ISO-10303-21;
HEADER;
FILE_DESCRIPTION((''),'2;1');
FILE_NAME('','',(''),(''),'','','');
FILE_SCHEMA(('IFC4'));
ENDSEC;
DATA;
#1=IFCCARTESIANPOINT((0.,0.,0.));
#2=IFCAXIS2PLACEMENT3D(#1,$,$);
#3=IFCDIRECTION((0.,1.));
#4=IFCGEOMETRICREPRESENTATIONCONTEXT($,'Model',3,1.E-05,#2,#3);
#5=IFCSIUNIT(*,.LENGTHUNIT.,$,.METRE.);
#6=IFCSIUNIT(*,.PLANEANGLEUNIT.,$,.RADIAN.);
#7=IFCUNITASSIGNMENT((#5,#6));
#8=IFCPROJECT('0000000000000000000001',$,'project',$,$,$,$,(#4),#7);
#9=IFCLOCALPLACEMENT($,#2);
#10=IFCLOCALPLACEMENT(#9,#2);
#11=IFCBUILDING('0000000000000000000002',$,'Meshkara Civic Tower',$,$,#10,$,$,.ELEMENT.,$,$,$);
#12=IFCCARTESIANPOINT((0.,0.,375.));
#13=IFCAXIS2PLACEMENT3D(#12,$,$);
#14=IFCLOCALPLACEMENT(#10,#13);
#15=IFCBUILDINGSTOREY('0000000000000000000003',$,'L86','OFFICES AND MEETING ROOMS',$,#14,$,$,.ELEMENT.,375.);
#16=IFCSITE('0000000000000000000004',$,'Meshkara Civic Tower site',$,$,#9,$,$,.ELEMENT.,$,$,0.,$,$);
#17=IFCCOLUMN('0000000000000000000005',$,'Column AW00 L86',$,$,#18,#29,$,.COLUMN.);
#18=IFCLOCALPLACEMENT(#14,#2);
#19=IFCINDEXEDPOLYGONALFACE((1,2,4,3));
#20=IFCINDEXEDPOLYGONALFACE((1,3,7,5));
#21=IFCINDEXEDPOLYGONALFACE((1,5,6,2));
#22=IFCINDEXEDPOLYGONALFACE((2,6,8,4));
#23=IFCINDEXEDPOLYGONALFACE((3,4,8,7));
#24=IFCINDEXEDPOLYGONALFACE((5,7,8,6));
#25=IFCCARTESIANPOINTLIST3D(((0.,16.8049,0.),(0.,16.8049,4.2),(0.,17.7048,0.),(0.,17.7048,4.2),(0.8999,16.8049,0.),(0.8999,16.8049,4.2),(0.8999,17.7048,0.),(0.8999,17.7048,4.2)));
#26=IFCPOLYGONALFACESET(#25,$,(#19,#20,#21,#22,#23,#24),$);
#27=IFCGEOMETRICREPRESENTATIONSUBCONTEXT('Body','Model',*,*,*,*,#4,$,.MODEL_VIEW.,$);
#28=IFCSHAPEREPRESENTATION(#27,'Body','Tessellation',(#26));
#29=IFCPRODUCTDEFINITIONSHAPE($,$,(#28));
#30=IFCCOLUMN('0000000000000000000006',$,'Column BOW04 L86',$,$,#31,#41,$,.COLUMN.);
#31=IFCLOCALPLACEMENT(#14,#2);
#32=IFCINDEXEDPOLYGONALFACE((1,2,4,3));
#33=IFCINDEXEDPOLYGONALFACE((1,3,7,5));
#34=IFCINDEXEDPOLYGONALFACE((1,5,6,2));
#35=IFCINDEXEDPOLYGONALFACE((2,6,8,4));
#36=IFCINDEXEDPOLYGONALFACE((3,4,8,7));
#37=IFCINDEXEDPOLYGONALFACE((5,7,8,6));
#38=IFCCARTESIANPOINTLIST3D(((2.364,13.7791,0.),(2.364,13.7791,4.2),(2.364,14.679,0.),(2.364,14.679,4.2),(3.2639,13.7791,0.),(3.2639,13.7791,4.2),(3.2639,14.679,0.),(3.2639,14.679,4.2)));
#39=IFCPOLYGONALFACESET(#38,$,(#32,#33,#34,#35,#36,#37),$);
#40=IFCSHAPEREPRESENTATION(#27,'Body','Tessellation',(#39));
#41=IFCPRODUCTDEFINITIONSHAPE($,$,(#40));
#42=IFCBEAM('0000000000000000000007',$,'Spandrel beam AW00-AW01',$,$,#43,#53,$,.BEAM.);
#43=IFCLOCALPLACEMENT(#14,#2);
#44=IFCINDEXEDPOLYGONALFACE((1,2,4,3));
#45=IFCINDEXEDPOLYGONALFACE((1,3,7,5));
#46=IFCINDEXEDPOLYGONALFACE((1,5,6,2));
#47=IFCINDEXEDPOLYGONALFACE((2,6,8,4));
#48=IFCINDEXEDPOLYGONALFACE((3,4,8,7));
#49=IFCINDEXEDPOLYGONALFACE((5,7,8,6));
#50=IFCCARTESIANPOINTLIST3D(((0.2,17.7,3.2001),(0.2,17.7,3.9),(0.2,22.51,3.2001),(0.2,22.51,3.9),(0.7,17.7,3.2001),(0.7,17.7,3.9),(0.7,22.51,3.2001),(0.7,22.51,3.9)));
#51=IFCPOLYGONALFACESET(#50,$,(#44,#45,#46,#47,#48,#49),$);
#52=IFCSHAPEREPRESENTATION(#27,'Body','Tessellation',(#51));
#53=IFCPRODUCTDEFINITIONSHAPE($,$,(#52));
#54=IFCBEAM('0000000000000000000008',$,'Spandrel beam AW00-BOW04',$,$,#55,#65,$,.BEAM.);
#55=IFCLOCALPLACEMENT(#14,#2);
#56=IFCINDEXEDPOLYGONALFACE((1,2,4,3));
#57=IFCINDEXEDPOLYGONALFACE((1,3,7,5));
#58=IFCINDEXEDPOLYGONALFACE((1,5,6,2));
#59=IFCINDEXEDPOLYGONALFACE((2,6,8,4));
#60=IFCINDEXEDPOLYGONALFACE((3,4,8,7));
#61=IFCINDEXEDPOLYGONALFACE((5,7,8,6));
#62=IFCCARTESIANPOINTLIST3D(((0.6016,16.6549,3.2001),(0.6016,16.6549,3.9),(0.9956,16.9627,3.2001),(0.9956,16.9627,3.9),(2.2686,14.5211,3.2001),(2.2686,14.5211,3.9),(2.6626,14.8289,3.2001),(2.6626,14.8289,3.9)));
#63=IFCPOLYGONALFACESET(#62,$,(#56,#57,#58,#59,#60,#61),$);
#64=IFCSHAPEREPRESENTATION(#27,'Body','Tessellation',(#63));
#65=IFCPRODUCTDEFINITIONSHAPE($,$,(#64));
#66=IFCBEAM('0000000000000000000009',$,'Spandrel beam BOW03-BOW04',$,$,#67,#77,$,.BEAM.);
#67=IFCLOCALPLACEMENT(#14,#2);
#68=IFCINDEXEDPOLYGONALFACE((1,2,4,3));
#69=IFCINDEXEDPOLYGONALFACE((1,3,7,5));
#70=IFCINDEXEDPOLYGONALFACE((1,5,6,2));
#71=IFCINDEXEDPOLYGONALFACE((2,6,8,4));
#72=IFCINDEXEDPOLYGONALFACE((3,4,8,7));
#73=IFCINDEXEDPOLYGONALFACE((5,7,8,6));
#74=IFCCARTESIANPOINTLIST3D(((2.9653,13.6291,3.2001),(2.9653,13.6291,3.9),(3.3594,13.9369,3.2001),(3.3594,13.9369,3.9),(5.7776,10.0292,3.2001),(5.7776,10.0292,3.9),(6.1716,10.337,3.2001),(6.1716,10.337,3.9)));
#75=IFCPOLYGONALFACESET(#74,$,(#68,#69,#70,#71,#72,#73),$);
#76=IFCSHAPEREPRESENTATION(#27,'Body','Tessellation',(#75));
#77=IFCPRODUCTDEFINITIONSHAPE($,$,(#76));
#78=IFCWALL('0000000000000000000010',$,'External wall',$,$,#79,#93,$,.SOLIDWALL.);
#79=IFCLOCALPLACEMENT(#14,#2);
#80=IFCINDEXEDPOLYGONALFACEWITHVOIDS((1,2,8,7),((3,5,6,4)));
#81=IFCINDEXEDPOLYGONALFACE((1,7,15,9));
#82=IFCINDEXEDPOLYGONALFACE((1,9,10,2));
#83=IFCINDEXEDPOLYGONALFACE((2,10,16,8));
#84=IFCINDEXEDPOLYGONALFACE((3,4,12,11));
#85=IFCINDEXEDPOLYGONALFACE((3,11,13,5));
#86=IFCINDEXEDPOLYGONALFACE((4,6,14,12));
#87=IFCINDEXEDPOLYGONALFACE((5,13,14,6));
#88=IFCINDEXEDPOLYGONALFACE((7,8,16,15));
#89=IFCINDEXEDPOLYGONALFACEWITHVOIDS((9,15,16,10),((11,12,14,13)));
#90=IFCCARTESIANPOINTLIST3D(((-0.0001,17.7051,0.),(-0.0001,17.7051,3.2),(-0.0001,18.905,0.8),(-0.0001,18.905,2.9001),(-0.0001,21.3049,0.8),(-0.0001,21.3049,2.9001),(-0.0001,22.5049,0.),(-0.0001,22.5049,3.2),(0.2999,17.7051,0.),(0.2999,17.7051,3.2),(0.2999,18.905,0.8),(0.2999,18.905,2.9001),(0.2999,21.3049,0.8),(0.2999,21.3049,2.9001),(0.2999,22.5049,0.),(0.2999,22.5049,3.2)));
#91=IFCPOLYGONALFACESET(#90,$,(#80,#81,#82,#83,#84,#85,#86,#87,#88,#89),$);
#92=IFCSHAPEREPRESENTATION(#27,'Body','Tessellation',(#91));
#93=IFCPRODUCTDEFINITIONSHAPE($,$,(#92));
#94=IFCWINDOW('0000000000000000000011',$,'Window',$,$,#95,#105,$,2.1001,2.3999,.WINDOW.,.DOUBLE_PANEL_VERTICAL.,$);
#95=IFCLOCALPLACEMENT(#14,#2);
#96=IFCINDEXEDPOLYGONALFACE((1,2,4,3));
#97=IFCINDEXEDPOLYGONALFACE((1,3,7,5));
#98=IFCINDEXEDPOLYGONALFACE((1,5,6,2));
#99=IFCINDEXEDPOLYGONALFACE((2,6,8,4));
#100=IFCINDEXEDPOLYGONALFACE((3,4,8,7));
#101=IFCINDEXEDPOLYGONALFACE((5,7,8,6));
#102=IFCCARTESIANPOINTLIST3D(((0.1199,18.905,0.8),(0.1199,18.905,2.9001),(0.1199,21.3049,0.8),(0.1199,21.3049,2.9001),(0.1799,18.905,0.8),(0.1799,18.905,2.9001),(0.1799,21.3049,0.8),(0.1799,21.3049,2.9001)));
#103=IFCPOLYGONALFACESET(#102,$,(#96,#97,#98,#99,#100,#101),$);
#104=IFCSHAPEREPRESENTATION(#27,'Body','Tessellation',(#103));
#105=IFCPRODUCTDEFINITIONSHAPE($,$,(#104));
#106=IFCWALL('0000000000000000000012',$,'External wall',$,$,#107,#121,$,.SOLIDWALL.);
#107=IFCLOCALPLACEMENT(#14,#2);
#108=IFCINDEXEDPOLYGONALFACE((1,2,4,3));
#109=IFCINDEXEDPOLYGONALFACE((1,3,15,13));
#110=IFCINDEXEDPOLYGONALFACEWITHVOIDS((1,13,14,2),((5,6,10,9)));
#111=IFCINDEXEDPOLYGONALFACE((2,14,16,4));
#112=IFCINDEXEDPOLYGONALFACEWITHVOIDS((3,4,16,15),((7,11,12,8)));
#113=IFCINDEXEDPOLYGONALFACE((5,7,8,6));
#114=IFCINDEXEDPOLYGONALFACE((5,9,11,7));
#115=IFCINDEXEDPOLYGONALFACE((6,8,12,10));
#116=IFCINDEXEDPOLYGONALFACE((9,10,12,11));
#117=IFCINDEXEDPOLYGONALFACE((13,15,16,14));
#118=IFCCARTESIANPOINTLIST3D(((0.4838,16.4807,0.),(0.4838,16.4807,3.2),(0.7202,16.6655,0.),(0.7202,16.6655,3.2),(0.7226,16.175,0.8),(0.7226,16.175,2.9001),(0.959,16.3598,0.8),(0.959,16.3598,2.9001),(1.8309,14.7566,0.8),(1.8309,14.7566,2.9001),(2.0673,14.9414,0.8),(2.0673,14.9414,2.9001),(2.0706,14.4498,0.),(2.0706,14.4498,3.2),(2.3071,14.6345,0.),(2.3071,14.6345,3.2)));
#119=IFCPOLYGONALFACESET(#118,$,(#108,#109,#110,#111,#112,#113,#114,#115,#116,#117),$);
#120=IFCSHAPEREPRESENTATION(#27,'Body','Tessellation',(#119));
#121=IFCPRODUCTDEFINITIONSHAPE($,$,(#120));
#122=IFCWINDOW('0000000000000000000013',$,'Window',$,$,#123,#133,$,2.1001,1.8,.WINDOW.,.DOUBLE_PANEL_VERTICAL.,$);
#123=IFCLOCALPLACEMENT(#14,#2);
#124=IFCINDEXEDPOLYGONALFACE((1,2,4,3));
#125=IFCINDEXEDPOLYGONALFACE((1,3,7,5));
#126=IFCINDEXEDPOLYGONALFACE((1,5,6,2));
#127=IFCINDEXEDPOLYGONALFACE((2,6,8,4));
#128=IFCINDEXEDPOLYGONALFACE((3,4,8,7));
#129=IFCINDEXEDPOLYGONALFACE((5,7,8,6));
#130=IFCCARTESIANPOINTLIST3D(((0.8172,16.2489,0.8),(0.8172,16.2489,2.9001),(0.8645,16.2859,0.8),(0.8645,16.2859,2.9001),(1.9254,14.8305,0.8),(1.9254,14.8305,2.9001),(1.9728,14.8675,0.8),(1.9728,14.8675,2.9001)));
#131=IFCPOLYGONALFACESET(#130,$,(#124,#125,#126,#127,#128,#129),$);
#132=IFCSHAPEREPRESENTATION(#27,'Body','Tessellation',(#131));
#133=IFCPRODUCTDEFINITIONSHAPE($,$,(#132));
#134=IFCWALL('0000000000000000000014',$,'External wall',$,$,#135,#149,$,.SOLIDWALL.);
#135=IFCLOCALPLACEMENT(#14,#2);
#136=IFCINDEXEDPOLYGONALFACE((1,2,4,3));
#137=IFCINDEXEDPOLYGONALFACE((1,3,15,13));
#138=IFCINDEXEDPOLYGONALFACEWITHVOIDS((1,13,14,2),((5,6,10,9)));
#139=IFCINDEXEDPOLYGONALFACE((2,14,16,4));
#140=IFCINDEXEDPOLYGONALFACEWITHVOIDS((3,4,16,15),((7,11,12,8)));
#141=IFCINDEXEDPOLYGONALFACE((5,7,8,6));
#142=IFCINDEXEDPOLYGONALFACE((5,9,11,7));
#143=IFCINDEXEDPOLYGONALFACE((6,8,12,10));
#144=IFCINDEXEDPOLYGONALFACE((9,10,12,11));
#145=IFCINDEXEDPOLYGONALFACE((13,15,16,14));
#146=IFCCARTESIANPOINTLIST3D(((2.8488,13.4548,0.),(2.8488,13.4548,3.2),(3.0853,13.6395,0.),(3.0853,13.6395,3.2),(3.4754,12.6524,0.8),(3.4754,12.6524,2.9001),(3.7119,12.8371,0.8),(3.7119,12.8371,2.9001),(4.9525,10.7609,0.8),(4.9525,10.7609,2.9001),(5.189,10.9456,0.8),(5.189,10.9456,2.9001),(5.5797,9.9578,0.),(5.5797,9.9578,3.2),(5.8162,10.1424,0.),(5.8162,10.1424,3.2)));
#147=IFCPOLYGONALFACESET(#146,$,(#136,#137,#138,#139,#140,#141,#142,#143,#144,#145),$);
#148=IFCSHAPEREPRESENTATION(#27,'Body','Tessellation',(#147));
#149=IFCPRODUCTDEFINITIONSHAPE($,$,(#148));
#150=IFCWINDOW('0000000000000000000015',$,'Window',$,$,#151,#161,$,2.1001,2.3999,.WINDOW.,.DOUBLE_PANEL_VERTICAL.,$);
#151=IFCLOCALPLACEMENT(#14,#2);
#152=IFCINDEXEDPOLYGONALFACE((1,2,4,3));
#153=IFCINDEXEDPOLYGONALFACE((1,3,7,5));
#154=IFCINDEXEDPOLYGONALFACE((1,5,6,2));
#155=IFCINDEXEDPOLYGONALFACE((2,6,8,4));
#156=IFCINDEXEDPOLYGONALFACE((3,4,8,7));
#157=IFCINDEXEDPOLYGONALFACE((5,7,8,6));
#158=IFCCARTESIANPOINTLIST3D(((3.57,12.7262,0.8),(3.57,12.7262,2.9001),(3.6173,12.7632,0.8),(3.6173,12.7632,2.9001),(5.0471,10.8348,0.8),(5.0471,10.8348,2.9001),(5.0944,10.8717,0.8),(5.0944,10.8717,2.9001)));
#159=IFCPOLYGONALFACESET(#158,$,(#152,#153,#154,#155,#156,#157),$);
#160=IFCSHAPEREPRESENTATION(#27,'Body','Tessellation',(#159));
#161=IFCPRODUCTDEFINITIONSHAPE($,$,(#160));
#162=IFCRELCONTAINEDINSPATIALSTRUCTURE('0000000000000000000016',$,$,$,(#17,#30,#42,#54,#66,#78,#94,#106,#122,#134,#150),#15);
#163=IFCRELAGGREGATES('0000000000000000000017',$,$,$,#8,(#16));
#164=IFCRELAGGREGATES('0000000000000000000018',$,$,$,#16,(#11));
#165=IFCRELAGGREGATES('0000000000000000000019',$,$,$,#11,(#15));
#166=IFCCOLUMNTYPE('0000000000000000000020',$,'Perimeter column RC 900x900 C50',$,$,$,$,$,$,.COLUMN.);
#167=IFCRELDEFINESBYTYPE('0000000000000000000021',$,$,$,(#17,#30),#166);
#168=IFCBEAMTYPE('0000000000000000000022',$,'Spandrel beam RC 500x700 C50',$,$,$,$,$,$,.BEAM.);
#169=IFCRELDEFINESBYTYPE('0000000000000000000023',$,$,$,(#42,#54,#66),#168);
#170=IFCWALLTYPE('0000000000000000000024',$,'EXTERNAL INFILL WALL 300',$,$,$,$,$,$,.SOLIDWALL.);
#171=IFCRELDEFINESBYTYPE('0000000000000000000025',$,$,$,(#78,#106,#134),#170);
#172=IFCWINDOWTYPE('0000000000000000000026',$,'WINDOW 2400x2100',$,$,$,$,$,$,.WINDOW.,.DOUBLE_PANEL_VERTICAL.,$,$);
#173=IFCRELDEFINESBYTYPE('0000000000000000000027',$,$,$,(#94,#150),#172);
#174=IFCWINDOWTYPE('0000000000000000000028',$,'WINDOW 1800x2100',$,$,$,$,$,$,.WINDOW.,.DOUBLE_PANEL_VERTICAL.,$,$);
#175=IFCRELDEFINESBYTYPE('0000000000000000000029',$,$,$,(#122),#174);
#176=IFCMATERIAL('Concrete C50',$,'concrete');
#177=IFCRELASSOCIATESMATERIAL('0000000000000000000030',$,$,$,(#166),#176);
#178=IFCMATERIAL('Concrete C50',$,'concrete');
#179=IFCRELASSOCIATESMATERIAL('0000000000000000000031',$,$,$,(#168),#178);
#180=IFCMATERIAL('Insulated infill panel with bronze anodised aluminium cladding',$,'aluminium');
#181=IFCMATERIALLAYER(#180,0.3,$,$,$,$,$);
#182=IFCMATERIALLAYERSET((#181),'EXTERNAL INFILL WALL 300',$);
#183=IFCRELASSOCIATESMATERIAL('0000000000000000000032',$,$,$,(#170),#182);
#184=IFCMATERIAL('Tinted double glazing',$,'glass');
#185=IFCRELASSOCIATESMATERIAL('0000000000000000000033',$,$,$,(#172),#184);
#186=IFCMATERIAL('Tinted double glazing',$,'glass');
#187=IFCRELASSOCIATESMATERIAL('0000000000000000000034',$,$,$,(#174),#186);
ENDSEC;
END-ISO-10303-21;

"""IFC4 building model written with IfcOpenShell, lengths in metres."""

from ifc_helpers import new_model, si_unit, direction, frame, frame_2d, origin, origin_2d, place, context, subcontext, project, spatial, rectangle, extrude, material, layer, layer_set, material_profile, profile_set, type_object, element, fill, save


model = new_model("IFC4")

# Units and contexts
model_context = context("Model", 3, precision=1e-05, world=origin(), true_north=direction((0.0, 1.0)))
body_context = subcontext(model_context, "Body", "Model", "MODEL_VIEW")
ifc_project = project(units=[si_unit("LENGTHUNIT", "METRE"), si_unit("PLANEANGLEUNIT", "RADIAN")], contexts=[model_context])

# Site, building, storey
site_placement = place(None, origin())
site = spatial("IfcSite", under=ifc_project, at=site_placement, Name="Meshkara Civic Tower site", CompositionType="ELEMENT", RefElevation=0.0)
building_placement = place(site_placement, origin())
building = spatial("IfcBuilding", under=site, at=building_placement, Name="Meshkara Civic Tower", CompositionType="ELEMENT")
storey_placement = place(building_placement, frame((0.0, 0.0, 375.0)))
storey = spatial("IfcBuildingStorey", under=building, at=storey_placement, Name="L86", Description="OFFICES AND MEETING ROOMS", CompositionType="ELEMENT", Elevation=375.0)

# Columns
ifc_material_1 = material(Name="Concrete C50", Category="concrete")
ifc_material_profile_1 = material_profile(ifc_material_1, rectangle(XDim=0.8999, YDim=0.8999, at=origin_2d()))
ifc_profile_set_1 = profile_set([ifc_material_profile_1], Name="Concrete C50")
column_type = type_object("IfcColumnType", Name="Perimeter column RC 900x900 C50", PredefinedType="COLUMN", material=ifc_profile_set_1)
for number, where, z_axis, x_axis, name in (
    (1, (0.45, 17.2549, 0.0), (0.0, 0.0, 1.0), (1.0, 0.0, 0.0), "Column AW00 L86"),
    (2, (2.814, 14.229, 0.0), (0.0, 0.0, 1.0), (1.0, 0.0, 0.0), "Column BOW04 L86"),
):
    element("IfcColumn", number, at=place(storey_placement, frame(where, z_axis=z_axis, x_axis=x_axis)), inside=storey, type_object=column_type, Name=name, PredefinedType="COLUMN", context=body_context, shape_type="SweptSolid", body=[
        extrude(rectangle(XDim=0.8999, YDim=0.8999, at=origin_2d()), origin(), (0.0, 0.0, 1.0), 4.2),
    ])

# Beams
ifc_material_2 = material(Name="Concrete C50", Category="concrete")
ifc_material_profile_2 = material_profile(ifc_material_2, rectangle(XDim=0.5, YDim=0.7, at=origin_2d()))
ifc_profile_set_2 = profile_set([ifc_material_profile_2], Name="Concrete C50")
beam_type = type_object("IfcBeamType", Name="Spandrel beam RC 500x700 C50", PredefinedType="BEAM", material=ifc_profile_set_2)
beam_1_placement = place(storey_placement, frame((0.45, 22.51, 3.55), z_axis=(0.0, -1.0, 0.0), x_axis=(1.0, 0.0, 0.0)))
element("IfcBeam", 3, at=beam_1_placement, inside=storey, type_object=beam_type, Name="Spandrel beam AW00-AW01", PredefinedType="BEAM", context=body_context, shape_type="SweptSolid", body=[
    extrude(rectangle(XDim=0.5, YDim=0.7, at=origin_2d()), origin(), (0.0, 0.0, 1.0), 4.8101),
])
beam_2_placement = place(storey_placement, frame((0.7986, 16.8088, 3.55), z_axis=(0.615637, -0.78803, 0.0), x_axis=(0.78803, 0.615637, 0.0)))
element("IfcBeam", 4, at=beam_2_placement, inside=storey, type_object=beam_type, Name="Spandrel beam AW00-BOW04", PredefinedType="BEAM", context=body_context, shape_type="SweptSolid", body=[
    extrude(rectangle(XDim=0.5, YDim=0.7, at=origin_2d()), origin(), (0.0, 0.0, 1.0), 2.7078),
])
beam_3_placement = place(storey_placement, frame((3.1624, 13.783, 3.55), z_axis=(0.615626, -0.788038, 0.0), x_axis=(0.788038, 0.615626, 0.0)))
element("IfcBeam", 5, at=beam_3_placement, inside=storey, type_object=beam_type, Name="Spandrel beam BOW03-BOW04", PredefinedType="BEAM", context=body_context, shape_type="SweptSolid", body=[
    extrude(rectangle(XDim=0.5, YDim=0.7, at=origin_2d()), origin(), (0.0, 0.0, 1.0), 4.5681),
])

# Walls, openings, windows
ifc_material_3 = material(Name="Insulated infill panel with bronze anodised aluminium cladding", Category="aluminium")
ifc_layer = layer(ifc_material_3, 0.3)
ifc_layer_set = layer_set([ifc_layer], Name="EXTERNAL INFILL WALL 300")
wall_type = type_object("IfcWallType", Name="EXTERNAL INFILL WALL 300", PredefinedType="SOLIDWALL", material=ifc_layer_set)
wall_1_placement = place(storey_placement, frame((0.1499, 22.5049, 0.0), z_axis=(0.0, 0.0, 1.0), x_axis=(0.0, -1.0, 0.0)))
wall_1 = element("IfcWall", 6, at=wall_1_placement, inside=storey, type_object=wall_type, Name="External wall", PredefinedType="SOLIDWALL", context=body_context, shape_type="SweptSolid", body=[
    extrude(rectangle(XDim=4.7998, YDim=0.3, at=frame_2d((2.3999, 0.0))), origin(), (0.0, 0.0, 1.0), 3.2),
])
opening_1_placement = place(wall_1_placement, frame((1.2, 0.0, 0.8)))
opening_1 = element("IfcOpeningElement", 7, at=opening_1_placement, cuts=wall_1, PredefinedType="OPENING", context=body_context, shape_type="SweptSolid", body=[
    extrude(rectangle(XDim=2.3999, YDim=2.1001, at=frame_2d((1.2, 1.05))), frame((0.0, 0.1599, 0.0), z_axis=(0.0, -1.0, 0.0), x_axis=(1.0, 0.0, 0.0)), (0.0, 0.0, 1.0), 0.3201),
])
ifc_material_4 = material(Name="Tinted double glazing", Category="glass")
window_type_1 = type_object("IfcWindowType", Name="WINDOW 2400x2100", PartitioningType="DOUBLE_PANEL_VERTICAL", PredefinedType="WINDOW", material=ifc_material_4)
window_1_placement = place(opening_1_placement, origin())
window_1 = element("IfcWindow", 8, at=window_1_placement, inside=storey, type_object=window_type_1, Name="Window", OverallHeight=2.1001, OverallWidth=2.3999, PartitioningType="DOUBLE_PANEL_VERTICAL", PredefinedType="WINDOW", context=body_context, shape_type="SweptSolid", body=[
    extrude(rectangle(XDim=2.3999, YDim=2.1001, at=frame_2d((1.2, 1.05))), frame((0.0, 0.03, 0.0), z_axis=(0.0, -1.0, 0.0), x_axis=(1.0, 0.0, 0.0)), (0.0, 0.0, 1.0), 0.0601),
])
fill(opening_1, window_1)
wall_2_placement = place(storey_placement, frame((0.6021, 16.573, 0.0), z_axis=(0.0, 0.0, 1.0), x_axis=(0.61569, -0.787988, 0.0)))
wall_2 = element("IfcWall", 9, at=wall_2_placement, inside=storey, type_object=wall_type, Name="External wall", PredefinedType="SOLIDWALL", context=body_context, shape_type="SweptSolid", body=[
    extrude(rectangle(XDim=2.5774, YDim=0.3, at=frame_2d((1.2886, 0.0))), origin(), (0.0, 0.0, 1.0), 3.2),
])
opening_2_placement = place(wall_2_placement, frame((0.3879, 0.0, 0.8)))
opening_2 = element("IfcOpeningElement", 10, at=opening_2_placement, cuts=wall_2, PredefinedType="OPENING", context=body_context, shape_type="SweptSolid", body=[
    extrude(rectangle(XDim=1.8, YDim=2.1001, at=frame_2d((0.8999, 1.05))), frame((0.0, 0.1599, 0.0), z_axis=(0.0, -1.0, 0.0), x_axis=(1.0, 0.0, 0.0)), (0.0, 0.0, 1.0), 0.3201),
])
ifc_material_5 = material(Name="Tinted double glazing", Category="glass")
window_type_2 = type_object("IfcWindowType", Name="WINDOW 1800x2100", PartitioningType="DOUBLE_PANEL_VERTICAL", PredefinedType="WINDOW", material=ifc_material_5)
window_2_placement = place(opening_2_placement, origin())
window_2 = element("IfcWindow", 11, at=window_2_placement, inside=storey, type_object=window_type_2, Name="Window", OverallHeight=2.1001, OverallWidth=1.8, PartitioningType="DOUBLE_PANEL_VERTICAL", PredefinedType="WINDOW", context=body_context, shape_type="SweptSolid", body=[
    extrude(rectangle(XDim=1.8, YDim=2.1001, at=frame_2d((0.8999, 1.05))), frame((0.0, 0.03, 0.0), z_axis=(0.0, -1.0, 0.0), x_axis=(1.0, 0.0, 0.0)), (0.0, 0.0, 1.0), 0.0601),
])
fill(opening_2, window_2)
wall_3_placement = place(storey_placement, frame((2.967, 13.5471, 0.0), z_axis=(0.0, 0.0, 1.0), x_axis=(0.615486, -0.788148, 0.0)))
wall_3 = element("IfcWall", 12, at=wall_3_placement, inside=storey, type_object=wall_type, Name="External wall", PredefinedType="SOLIDWALL", context=body_context, shape_type="SweptSolid", body=[
    extrude(rectangle(XDim=4.437, YDim=0.3, at=frame_2d((2.2185, 0.0))), origin(), (0.0, 0.0, 1.0), 3.2),
])
opening_3_placement = place(wall_3_placement, frame((1.0181, 0.0, 0.8)))
opening_3 = element("IfcOpeningElement", 13, at=opening_3_placement, cuts=wall_3, PredefinedType="OPENING", context=body_context, shape_type="SweptSolid", body=[
    extrude(rectangle(XDim=2.3999, YDim=2.1001, at=frame_2d((1.2, 1.05))), frame((0.0, 0.1599, 0.0), z_axis=(0.0, -1.0, 0.0), x_axis=(1.0, 0.0, 0.0)), (0.0, 0.0, 1.0), 0.3201),
])
window_3_placement = place(opening_3_placement, origin())
window_3 = element("IfcWindow", 14, at=window_3_placement, inside=storey, type_object=window_type_1, Name="Window", OverallHeight=2.1001, OverallWidth=2.3999, PartitioningType="DOUBLE_PANEL_VERTICAL", PredefinedType="WINDOW", context=body_context, shape_type="SweptSolid", body=[
    extrude(rectangle(XDim=2.3999, YDim=2.1001, at=frame_2d((1.2, 1.05))), frame((0.0, 0.03, 0.0), z_axis=(0.0, -1.0, 0.0), x_axis=(1.0, 0.0, 0.0)), (0.0, 0.0, 1.0), 0.0601),
])
fill(opening_3, window_3)

save(model, "model.ifc")
